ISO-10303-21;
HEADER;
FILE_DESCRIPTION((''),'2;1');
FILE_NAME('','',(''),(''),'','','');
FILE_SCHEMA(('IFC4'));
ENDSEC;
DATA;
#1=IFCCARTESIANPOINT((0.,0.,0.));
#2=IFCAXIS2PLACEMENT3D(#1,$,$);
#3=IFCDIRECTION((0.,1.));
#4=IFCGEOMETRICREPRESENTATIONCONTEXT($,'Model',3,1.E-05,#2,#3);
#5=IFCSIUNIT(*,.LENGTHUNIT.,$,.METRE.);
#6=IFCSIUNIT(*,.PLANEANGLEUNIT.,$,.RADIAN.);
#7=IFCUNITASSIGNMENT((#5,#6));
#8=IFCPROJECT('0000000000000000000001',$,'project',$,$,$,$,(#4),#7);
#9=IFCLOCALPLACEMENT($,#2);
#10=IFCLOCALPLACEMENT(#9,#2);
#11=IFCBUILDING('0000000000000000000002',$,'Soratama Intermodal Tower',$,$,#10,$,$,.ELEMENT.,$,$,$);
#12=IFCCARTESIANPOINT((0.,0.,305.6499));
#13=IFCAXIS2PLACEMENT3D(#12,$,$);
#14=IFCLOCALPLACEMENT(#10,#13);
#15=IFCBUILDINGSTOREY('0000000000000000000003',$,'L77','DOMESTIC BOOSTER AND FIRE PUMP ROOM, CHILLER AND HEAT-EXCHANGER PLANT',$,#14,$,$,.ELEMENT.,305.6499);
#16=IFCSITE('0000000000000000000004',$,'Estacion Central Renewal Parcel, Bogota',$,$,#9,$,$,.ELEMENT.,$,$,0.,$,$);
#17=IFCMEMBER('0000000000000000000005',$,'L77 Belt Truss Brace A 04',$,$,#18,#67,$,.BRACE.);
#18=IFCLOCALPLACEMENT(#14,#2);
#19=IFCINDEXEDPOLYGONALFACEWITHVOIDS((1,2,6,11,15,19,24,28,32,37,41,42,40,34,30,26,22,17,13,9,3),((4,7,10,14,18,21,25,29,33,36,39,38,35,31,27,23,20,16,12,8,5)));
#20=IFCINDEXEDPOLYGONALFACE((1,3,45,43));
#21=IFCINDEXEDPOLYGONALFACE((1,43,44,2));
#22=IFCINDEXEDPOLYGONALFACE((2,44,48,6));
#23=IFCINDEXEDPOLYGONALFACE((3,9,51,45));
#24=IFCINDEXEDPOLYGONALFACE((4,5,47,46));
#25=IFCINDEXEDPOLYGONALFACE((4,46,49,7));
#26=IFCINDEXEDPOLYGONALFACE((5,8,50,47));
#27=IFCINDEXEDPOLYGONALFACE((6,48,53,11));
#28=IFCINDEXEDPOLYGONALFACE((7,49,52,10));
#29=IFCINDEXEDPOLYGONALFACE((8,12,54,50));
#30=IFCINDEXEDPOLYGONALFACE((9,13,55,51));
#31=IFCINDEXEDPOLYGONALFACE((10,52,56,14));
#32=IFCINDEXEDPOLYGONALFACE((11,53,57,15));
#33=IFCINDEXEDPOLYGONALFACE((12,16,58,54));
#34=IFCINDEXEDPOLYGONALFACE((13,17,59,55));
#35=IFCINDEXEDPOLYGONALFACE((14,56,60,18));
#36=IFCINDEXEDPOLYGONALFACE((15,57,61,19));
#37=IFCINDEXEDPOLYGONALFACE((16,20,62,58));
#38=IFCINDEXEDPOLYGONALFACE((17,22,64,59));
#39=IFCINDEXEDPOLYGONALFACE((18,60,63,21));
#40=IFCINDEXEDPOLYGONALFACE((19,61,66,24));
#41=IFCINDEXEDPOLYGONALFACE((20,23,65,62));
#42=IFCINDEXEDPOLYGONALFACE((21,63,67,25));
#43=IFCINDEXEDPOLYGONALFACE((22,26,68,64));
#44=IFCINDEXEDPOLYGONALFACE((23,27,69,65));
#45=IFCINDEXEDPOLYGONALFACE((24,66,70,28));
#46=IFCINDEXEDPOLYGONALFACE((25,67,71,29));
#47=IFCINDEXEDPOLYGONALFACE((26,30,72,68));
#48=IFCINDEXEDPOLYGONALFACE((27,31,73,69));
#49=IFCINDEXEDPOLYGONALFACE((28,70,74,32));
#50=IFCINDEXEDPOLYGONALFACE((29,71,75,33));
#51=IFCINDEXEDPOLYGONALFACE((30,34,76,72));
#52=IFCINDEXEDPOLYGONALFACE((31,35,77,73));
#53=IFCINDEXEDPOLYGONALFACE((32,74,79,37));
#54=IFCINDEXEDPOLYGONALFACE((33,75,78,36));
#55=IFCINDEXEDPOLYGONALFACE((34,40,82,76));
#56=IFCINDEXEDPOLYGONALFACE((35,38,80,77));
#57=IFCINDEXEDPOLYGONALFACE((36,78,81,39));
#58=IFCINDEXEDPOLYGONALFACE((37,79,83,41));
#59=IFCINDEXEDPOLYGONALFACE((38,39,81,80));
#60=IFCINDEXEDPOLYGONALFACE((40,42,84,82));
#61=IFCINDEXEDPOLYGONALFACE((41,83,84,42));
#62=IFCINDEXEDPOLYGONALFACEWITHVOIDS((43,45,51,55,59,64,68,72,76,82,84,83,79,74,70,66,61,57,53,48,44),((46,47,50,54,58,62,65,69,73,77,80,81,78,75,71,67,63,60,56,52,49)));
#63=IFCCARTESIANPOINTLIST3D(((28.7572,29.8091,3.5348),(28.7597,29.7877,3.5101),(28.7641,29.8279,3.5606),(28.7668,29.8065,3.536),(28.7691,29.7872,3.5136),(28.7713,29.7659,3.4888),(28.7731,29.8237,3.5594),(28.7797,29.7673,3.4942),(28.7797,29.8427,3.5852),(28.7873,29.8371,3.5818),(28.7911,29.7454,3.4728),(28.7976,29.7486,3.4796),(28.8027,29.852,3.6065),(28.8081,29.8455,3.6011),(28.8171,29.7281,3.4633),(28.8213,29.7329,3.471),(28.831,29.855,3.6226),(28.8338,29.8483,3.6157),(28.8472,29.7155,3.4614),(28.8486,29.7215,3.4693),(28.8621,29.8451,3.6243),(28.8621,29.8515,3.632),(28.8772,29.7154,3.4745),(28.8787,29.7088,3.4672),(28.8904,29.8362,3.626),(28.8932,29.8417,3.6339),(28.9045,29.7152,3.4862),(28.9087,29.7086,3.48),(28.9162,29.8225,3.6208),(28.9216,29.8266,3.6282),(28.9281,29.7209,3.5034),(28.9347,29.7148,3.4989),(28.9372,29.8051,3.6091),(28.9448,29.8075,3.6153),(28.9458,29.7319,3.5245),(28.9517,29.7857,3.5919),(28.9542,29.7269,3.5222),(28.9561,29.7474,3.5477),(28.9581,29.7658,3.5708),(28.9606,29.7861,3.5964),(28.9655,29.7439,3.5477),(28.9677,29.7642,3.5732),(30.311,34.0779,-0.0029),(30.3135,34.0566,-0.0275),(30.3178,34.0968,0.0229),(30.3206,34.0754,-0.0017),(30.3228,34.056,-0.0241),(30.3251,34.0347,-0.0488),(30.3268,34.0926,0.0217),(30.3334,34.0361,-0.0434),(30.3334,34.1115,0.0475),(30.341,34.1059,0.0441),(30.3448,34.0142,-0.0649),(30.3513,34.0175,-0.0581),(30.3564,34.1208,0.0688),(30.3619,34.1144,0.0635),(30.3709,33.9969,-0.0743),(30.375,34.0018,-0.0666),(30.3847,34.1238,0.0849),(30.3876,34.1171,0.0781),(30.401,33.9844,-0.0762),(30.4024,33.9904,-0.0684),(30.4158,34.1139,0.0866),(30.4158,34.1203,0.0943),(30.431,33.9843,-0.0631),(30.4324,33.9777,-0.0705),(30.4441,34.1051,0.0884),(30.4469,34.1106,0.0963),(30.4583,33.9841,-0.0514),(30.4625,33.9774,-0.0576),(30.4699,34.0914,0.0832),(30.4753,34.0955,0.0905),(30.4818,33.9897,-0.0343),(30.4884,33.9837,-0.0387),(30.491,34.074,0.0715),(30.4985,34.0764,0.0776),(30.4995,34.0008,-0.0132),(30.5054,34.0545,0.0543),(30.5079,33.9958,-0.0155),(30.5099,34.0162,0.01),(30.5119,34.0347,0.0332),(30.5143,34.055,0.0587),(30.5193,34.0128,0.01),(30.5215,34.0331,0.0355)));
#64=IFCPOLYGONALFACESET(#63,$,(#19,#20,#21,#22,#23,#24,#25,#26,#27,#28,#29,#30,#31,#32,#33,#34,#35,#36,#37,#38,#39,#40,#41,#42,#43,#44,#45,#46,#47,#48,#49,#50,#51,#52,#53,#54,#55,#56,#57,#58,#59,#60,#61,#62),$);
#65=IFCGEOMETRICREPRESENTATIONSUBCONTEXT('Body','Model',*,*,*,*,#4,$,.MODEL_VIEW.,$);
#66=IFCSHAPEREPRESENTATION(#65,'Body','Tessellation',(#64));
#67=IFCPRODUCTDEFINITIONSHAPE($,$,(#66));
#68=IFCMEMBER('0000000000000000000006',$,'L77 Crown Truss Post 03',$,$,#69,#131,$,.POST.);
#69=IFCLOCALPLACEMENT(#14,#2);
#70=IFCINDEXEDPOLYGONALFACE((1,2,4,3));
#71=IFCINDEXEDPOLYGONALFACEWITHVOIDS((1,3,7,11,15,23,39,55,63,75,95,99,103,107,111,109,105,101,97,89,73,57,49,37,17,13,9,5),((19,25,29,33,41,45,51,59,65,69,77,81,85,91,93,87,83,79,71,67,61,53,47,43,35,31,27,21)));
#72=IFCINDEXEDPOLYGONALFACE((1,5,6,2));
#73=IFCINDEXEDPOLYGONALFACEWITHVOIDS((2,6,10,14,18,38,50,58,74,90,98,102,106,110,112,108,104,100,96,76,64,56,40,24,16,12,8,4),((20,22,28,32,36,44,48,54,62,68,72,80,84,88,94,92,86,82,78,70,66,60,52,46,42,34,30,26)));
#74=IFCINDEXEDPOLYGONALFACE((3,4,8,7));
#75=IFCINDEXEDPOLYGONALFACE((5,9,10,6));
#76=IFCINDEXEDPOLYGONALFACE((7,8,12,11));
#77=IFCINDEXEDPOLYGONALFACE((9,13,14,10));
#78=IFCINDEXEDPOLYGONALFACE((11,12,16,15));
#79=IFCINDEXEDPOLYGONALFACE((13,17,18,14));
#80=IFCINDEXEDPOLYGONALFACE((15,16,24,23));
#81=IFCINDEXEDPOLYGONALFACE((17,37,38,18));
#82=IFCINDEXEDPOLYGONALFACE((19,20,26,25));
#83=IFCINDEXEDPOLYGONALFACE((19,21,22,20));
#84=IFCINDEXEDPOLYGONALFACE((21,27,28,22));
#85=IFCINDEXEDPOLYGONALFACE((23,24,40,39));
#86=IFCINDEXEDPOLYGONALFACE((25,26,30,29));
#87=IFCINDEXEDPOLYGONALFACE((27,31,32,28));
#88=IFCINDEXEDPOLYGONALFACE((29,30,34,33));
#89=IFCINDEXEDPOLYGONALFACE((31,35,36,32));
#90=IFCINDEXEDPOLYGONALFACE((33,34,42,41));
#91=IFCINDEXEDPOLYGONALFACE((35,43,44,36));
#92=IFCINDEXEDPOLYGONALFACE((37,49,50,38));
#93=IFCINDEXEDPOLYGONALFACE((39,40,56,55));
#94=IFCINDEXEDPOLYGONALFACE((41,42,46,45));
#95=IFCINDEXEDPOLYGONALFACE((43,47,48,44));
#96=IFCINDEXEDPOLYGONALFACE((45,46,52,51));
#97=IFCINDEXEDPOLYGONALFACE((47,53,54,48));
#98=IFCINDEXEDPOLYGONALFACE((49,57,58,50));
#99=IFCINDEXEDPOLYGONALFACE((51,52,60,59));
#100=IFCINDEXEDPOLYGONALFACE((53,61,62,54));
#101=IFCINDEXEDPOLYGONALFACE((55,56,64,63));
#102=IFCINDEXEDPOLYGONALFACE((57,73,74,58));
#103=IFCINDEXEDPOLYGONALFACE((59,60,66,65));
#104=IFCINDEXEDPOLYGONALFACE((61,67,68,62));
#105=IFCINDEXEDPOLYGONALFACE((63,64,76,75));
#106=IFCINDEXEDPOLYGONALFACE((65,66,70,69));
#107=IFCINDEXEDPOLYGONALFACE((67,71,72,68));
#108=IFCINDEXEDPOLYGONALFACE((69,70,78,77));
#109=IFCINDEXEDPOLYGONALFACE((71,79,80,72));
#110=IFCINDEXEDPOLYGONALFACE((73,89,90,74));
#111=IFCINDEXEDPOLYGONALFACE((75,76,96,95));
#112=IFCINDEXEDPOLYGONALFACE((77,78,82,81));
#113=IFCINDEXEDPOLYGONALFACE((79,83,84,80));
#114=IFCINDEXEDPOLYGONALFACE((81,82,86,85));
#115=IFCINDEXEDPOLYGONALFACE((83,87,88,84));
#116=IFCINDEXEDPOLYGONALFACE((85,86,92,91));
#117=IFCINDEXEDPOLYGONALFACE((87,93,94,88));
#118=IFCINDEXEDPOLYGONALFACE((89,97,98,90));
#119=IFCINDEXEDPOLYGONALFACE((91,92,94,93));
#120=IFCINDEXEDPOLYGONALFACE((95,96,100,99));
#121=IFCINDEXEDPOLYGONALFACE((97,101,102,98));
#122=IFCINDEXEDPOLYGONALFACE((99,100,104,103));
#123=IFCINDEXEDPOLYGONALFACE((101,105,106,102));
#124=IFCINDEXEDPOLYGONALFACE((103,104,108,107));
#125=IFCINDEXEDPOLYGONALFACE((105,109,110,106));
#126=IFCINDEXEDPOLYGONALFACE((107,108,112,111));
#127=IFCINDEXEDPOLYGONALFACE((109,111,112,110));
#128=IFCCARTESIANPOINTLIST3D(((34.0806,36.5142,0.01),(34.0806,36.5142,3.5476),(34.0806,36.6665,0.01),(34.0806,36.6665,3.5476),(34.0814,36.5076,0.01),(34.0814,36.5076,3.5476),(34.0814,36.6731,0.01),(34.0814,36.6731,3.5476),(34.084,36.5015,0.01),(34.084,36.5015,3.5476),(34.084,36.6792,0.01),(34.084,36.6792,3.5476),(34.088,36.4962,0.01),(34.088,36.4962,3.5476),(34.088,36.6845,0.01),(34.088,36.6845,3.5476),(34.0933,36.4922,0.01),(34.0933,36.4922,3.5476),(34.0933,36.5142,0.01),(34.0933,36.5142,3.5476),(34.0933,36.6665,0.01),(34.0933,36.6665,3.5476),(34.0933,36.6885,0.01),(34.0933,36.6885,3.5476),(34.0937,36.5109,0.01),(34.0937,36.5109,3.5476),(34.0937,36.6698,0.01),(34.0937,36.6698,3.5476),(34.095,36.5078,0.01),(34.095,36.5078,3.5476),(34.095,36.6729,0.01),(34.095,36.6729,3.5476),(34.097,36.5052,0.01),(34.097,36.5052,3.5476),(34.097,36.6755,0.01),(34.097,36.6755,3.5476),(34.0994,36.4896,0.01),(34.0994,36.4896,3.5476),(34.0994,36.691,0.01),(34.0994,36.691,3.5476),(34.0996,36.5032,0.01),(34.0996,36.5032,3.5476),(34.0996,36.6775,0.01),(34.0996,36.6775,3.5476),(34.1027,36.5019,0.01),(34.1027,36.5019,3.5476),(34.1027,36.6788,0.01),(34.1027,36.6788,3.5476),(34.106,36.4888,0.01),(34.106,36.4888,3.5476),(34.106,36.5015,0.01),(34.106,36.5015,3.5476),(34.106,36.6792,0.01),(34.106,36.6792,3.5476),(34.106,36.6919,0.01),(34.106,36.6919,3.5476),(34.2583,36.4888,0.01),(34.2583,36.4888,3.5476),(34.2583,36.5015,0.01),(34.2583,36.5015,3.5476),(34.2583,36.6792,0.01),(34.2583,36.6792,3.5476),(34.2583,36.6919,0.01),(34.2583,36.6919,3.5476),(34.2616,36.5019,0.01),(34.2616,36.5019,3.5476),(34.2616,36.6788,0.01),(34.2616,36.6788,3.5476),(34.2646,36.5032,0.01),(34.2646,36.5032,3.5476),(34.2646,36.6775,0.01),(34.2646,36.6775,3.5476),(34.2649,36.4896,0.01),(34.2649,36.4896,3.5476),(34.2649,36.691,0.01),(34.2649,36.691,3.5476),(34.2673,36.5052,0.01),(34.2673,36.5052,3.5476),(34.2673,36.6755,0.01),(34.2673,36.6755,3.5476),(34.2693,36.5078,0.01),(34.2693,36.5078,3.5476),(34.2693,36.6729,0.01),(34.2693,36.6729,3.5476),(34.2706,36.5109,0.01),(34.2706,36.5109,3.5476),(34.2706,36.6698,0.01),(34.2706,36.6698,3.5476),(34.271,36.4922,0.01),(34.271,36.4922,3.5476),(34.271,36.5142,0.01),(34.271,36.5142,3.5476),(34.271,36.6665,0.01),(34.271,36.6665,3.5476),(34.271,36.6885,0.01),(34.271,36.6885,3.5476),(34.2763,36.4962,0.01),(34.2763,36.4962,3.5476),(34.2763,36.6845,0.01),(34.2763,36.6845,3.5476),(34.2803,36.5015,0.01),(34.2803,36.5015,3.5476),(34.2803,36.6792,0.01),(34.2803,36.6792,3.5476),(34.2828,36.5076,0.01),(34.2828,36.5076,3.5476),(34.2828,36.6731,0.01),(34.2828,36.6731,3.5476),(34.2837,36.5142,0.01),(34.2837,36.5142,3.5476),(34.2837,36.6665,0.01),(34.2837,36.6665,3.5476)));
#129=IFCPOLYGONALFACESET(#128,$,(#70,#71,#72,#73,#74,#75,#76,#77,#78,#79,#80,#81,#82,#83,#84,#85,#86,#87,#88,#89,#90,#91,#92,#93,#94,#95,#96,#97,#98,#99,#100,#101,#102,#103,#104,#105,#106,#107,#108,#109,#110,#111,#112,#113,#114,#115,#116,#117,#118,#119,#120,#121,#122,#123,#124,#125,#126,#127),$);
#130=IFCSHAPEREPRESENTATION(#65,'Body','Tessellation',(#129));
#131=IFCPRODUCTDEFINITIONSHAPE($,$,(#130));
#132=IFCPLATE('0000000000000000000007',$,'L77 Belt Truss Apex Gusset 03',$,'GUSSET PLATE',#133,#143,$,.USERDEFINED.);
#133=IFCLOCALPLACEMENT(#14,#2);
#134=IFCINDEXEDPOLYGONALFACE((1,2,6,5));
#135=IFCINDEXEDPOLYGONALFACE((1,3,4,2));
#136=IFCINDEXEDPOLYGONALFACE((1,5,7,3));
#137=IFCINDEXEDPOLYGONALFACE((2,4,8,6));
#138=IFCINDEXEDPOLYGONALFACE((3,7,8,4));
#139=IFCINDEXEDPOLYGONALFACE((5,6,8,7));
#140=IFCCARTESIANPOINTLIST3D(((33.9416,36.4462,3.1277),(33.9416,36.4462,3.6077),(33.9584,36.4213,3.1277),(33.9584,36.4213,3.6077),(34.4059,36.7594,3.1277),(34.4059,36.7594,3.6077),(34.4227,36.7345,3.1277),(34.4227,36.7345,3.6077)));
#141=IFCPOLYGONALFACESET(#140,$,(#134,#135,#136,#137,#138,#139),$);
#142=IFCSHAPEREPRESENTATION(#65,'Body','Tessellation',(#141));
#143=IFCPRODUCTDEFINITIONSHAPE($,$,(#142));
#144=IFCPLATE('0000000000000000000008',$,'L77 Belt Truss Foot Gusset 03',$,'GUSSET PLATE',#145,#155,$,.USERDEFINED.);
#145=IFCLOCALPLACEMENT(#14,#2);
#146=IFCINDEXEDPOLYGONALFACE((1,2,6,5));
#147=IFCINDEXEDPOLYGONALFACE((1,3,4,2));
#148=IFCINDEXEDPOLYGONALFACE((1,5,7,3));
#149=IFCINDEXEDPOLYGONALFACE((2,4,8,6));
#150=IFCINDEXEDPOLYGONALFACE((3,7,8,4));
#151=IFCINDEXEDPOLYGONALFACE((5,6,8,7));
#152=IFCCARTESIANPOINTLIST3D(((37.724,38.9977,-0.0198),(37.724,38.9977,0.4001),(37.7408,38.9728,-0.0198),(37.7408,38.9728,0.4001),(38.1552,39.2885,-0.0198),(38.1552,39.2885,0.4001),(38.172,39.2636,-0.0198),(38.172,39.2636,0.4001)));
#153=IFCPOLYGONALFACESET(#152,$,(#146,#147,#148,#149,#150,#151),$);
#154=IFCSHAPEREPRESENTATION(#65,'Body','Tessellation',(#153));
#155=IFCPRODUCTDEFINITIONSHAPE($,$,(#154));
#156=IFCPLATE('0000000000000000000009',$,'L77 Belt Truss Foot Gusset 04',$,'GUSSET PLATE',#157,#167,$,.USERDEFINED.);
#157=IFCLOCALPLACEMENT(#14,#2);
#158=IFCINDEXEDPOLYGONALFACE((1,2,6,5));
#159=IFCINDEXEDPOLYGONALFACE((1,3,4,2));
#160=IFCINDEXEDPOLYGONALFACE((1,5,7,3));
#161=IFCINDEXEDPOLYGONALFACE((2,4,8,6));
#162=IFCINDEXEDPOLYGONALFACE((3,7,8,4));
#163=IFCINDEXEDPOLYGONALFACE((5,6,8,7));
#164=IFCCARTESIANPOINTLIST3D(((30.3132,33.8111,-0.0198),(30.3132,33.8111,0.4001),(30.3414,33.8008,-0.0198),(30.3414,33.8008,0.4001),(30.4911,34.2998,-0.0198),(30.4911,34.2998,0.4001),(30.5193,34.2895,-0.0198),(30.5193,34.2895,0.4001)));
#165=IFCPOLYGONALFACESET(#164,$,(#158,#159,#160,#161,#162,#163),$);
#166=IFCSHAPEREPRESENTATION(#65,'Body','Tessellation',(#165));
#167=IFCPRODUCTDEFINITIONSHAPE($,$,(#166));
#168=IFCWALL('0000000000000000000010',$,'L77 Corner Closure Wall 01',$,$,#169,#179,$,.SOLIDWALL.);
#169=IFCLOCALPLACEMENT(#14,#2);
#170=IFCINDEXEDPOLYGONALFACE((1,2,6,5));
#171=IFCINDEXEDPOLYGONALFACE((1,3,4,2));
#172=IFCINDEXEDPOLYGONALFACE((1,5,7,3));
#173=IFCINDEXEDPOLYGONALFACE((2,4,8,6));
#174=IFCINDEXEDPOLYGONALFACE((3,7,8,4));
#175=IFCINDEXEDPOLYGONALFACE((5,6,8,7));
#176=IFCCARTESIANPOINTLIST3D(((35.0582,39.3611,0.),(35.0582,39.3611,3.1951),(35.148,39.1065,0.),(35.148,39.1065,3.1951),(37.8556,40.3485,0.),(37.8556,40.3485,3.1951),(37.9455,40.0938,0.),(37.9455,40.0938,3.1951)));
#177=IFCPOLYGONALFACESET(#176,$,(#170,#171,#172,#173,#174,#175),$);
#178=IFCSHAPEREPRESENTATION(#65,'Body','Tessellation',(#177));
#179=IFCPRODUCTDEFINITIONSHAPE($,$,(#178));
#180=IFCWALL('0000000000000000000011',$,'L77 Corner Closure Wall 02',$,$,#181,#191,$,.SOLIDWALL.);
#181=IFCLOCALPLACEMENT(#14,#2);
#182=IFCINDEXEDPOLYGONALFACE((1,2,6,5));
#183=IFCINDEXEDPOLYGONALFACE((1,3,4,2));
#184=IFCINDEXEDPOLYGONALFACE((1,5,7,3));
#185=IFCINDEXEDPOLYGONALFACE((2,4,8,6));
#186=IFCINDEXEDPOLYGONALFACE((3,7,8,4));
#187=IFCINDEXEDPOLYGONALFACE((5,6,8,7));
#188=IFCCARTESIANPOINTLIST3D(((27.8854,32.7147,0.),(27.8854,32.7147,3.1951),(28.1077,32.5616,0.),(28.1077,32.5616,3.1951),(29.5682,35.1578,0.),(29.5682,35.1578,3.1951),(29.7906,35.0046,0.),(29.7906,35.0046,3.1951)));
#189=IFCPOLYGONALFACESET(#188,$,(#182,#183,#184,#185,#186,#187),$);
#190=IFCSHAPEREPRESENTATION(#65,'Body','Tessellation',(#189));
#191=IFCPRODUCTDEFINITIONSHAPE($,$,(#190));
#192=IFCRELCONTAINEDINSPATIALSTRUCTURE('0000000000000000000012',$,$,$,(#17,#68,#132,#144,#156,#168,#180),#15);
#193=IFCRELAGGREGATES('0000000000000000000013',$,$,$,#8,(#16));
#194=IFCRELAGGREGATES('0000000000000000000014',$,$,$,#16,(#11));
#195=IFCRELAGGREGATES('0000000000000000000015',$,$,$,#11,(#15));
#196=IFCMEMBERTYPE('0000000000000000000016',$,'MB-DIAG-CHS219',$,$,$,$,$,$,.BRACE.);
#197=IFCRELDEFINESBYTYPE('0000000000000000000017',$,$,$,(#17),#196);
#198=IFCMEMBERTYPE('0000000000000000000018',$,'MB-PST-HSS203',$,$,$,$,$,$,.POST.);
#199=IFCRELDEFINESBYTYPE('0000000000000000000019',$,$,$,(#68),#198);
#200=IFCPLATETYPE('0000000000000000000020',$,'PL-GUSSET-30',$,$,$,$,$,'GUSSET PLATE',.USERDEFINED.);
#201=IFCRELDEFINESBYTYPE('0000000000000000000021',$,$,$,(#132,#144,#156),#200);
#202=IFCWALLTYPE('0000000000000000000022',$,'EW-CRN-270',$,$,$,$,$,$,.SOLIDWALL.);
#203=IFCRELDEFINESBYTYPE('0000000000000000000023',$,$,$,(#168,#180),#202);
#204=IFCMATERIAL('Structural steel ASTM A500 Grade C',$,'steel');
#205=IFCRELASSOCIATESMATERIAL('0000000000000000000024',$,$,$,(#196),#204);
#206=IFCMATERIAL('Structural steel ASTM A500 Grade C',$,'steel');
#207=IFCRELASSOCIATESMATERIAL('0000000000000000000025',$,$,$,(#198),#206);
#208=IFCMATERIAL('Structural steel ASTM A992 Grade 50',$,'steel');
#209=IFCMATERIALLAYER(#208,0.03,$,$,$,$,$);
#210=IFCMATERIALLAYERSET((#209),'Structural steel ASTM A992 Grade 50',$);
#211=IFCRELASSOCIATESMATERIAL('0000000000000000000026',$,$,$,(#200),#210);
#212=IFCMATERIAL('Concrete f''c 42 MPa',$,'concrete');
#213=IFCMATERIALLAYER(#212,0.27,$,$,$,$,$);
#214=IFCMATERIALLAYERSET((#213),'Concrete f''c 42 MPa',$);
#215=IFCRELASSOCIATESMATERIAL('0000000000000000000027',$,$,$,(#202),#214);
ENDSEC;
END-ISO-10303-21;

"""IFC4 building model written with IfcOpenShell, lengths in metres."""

from ifc_helpers import new_model, si_unit, direction, frame, frame_2d, origin, origin_2d, place, context, subcontext, project, spatial, rectangle, hollow_rectangle, hollow_circle, extrude, material, layer, layer_set, material_profile, profile_set, type_object, element, save


model = new_model("IFC4")

# Units and contexts
model_context = context("Model", 3, precision=1e-05, world=origin(), true_north=direction((0.0, 1.0)))
body_context = subcontext(model_context, "Body", "Model", "MODEL_VIEW")
ifc_project = project(units=[si_unit("LENGTHUNIT", "METRE"), si_unit("PLANEANGLEUNIT", "RADIAN")], contexts=[model_context])

# Site, building, storey
site_placement = place(None, origin())
site = spatial("IfcSite", under=ifc_project, at=site_placement, Name="Estacion Central Renewal Parcel, Bogota", CompositionType="ELEMENT", RefElevation=0.0)
building_placement = place(site_placement, origin())
building = spatial("IfcBuilding", under=site, at=building_placement, Name="Soratama Intermodal Tower", CompositionType="ELEMENT")
storey_placement = place(building_placement, frame((0.0, 0.0, 305.6499)))
storey = spatial("IfcBuildingStorey", under=building, at=storey_placement, Name="L77", Description="DOMESTIC BOOSTER AND FIRE PUMP ROOM, CHILLER AND HEAT-EXCHANGER PLANT", CompositionType="ELEMENT", Elevation=305.6499)

# Members
ifc_material_1 = material(Name="Structural steel ASTM A500 Grade C", Category="steel")
ifc_material_profile_1 = material_profile(ifc_material_1, hollow_circle(Radius=0.1096, WallThickness=0.01, at=origin_2d()), Name="CHS219X10")
ifc_profile_set_1 = profile_set([ifc_material_profile_1], Name="Structural steel ASTM A500 Grade C")
member_type_1 = type_object("IfcMemberType", Name="MB-DIAG-CHS219", PredefinedType="BRACE", material=ifc_profile_set_1)
member_1_placement = place(storey_placement, frame((30.4163, 34.0503, 0.01), z_axis=(-0.269849, -0.741405, 0.61441), x_axis=(0.939693, -0.342019, 0.0)))
element("IfcMember", 1, at=member_1_placement, inside=storey, type_object=member_type_1, Name="L77 Belt Truss Brace A 04", PredefinedType="BRACE", context=body_context, shape_type="SweptSolid", body=[
    extrude(hollow_circle(Radius=0.1096, WallThickness=0.01, at=origin_2d()), origin(), (0.0, 0.0, 1.0), 5.7578),
])
ifc_material_2 = material(Name="Structural steel ASTM A500 Grade C", Category="steel")
ifc_material_profile_2 = material_profile(ifc_material_2, hollow_rectangle(XDim=0.2031, YDim=0.2031, WallThickness=0.0127, InnerFilletRadius=0.0127, OuterFilletRadius=0.0254, at=origin_2d()), Name="HSS203X203X12.7")
ifc_profile_set_2 = profile_set([ifc_material_profile_2], Name="Structural steel ASTM A500 Grade C")
member_type_2 = type_object("IfcMemberType", Name="MB-PST-HSS203", PredefinedType="POST", material=ifc_profile_set_2)
member_2_placement = place(storey_placement, frame((34.1821, 36.5903, 0.01), z_axis=(0.0, 0.0, 1.0), x_axis=(1.0, 0.0, 0.0)))
element("IfcMember", 2, at=member_2_placement, inside=storey, type_object=member_type_2, Name="L77 Crown Truss Post 03", PredefinedType="POST", context=body_context, shape_type="SweptSolid", body=[
    extrude(hollow_rectangle(XDim=0.2031, YDim=0.2031, WallThickness=0.0127, InnerFilletRadius=0.0127, OuterFilletRadius=0.0254, at=origin_2d()), origin(), (0.0, 0.0, 1.0), 3.5376),
])

# Plates
ifc_material_3 = material(Name="Structural steel ASTM A992 Grade 50", Category="steel")
ifc_layer_1 = layer(ifc_material_3, 0.03)
ifc_layer_set_1 = layer_set([ifc_layer_1], Name="Structural steel ASTM A992 Grade 50")
plate_type = type_object("IfcPlateType", Name="PL-GUSSET-30", ElementType="GUSSET PLATE", PredefinedType="USERDEFINED", material=ifc_layer_set_1)
plate_placement = place(storey_placement, frame((34.1821, 36.5903, 3.1277), z_axis=(0.0, 0.0, 1.0), x_axis=(-0.829038, -0.559193, 0.0)))
element("IfcPlate", 3, at=plate_placement, inside=storey, type_object=plate_type, Name="L77 Belt Truss Apex Gusset 03", ObjectType="GUSSET PLATE", PredefinedType="USERDEFINED", context=body_context, shape_type="SweptSolid", body=[
    extrude(rectangle(XDim=0.5601, YDim=0.03, at=origin_2d()), origin(), (0.0, 0.0, 1.0), 0.48),
])
for number, where, z_axis, x_axis, name in (
    (4, (37.948, 39.1306, -0.0198), (0.0, 0.0, 1.0), (-0.829038, -0.559193, 0.0), "L77 Belt Truss Foot Gusset 03"),
    (5, (30.4163, 34.0503, -0.0198), (0.0, 0.0, 1.0), (-0.34202, -0.939693, 0.0), "L77 Belt Truss Foot Gusset 04"),
):
    element("IfcPlate", number, at=place(storey_placement, frame(where, z_axis=z_axis, x_axis=x_axis)), inside=storey, type_object=plate_type, Name=name, ObjectType="GUSSET PLATE", PredefinedType="USERDEFINED", context=body_context, shape_type="SweptSolid", body=[
        extrude(rectangle(XDim=0.52, YDim=0.03, at=origin_2d()), origin(), (0.0, 0.0, 1.0), 0.4199),
    ])

# Walls
ifc_material_4 = material(Name="Concrete f'c 42 MPa", Category="concrete")
ifc_layer_2 = layer(ifc_material_4, 0.27)
ifc_layer_set_2 = layer_set([ifc_layer_2], Name="Concrete f'c 42 MPa")
wall_type_1 = type_object("IfcWallType", Name="EW-CRN-270", PredefinedType="SOLIDWALL", material=ifc_layer_set_2)
for number, where, z_axis, x_axis, name in (
    (6, (37.9006, 40.2212, 0.0), (0.0, 0.0, 1.0), (-0.94299, -0.33282, 0.0), "L77 Corner Closure Wall 01"),
    (7, (29.6794, 35.0813, 0.0), (0.0, 0.0, 1.0), (-0.567266, -0.823535, 0.0), "L77 Corner Closure Wall 02"),
):
    element("IfcWall", number, at=place(storey_placement, frame(where, z_axis=z_axis, x_axis=x_axis)), inside=storey, type_object=wall_type_1, Name=name, PredefinedType="SOLIDWALL", context=body_context, shape_type="SweptSolid", body=[
        extrude(rectangle(XDim=2.9666, YDim=0.27, at=frame_2d((1.4834, 0.0))), origin(), (0.0, 0.0, 1.0), 3.1951),
    ])

save(model, "model.ifc")
